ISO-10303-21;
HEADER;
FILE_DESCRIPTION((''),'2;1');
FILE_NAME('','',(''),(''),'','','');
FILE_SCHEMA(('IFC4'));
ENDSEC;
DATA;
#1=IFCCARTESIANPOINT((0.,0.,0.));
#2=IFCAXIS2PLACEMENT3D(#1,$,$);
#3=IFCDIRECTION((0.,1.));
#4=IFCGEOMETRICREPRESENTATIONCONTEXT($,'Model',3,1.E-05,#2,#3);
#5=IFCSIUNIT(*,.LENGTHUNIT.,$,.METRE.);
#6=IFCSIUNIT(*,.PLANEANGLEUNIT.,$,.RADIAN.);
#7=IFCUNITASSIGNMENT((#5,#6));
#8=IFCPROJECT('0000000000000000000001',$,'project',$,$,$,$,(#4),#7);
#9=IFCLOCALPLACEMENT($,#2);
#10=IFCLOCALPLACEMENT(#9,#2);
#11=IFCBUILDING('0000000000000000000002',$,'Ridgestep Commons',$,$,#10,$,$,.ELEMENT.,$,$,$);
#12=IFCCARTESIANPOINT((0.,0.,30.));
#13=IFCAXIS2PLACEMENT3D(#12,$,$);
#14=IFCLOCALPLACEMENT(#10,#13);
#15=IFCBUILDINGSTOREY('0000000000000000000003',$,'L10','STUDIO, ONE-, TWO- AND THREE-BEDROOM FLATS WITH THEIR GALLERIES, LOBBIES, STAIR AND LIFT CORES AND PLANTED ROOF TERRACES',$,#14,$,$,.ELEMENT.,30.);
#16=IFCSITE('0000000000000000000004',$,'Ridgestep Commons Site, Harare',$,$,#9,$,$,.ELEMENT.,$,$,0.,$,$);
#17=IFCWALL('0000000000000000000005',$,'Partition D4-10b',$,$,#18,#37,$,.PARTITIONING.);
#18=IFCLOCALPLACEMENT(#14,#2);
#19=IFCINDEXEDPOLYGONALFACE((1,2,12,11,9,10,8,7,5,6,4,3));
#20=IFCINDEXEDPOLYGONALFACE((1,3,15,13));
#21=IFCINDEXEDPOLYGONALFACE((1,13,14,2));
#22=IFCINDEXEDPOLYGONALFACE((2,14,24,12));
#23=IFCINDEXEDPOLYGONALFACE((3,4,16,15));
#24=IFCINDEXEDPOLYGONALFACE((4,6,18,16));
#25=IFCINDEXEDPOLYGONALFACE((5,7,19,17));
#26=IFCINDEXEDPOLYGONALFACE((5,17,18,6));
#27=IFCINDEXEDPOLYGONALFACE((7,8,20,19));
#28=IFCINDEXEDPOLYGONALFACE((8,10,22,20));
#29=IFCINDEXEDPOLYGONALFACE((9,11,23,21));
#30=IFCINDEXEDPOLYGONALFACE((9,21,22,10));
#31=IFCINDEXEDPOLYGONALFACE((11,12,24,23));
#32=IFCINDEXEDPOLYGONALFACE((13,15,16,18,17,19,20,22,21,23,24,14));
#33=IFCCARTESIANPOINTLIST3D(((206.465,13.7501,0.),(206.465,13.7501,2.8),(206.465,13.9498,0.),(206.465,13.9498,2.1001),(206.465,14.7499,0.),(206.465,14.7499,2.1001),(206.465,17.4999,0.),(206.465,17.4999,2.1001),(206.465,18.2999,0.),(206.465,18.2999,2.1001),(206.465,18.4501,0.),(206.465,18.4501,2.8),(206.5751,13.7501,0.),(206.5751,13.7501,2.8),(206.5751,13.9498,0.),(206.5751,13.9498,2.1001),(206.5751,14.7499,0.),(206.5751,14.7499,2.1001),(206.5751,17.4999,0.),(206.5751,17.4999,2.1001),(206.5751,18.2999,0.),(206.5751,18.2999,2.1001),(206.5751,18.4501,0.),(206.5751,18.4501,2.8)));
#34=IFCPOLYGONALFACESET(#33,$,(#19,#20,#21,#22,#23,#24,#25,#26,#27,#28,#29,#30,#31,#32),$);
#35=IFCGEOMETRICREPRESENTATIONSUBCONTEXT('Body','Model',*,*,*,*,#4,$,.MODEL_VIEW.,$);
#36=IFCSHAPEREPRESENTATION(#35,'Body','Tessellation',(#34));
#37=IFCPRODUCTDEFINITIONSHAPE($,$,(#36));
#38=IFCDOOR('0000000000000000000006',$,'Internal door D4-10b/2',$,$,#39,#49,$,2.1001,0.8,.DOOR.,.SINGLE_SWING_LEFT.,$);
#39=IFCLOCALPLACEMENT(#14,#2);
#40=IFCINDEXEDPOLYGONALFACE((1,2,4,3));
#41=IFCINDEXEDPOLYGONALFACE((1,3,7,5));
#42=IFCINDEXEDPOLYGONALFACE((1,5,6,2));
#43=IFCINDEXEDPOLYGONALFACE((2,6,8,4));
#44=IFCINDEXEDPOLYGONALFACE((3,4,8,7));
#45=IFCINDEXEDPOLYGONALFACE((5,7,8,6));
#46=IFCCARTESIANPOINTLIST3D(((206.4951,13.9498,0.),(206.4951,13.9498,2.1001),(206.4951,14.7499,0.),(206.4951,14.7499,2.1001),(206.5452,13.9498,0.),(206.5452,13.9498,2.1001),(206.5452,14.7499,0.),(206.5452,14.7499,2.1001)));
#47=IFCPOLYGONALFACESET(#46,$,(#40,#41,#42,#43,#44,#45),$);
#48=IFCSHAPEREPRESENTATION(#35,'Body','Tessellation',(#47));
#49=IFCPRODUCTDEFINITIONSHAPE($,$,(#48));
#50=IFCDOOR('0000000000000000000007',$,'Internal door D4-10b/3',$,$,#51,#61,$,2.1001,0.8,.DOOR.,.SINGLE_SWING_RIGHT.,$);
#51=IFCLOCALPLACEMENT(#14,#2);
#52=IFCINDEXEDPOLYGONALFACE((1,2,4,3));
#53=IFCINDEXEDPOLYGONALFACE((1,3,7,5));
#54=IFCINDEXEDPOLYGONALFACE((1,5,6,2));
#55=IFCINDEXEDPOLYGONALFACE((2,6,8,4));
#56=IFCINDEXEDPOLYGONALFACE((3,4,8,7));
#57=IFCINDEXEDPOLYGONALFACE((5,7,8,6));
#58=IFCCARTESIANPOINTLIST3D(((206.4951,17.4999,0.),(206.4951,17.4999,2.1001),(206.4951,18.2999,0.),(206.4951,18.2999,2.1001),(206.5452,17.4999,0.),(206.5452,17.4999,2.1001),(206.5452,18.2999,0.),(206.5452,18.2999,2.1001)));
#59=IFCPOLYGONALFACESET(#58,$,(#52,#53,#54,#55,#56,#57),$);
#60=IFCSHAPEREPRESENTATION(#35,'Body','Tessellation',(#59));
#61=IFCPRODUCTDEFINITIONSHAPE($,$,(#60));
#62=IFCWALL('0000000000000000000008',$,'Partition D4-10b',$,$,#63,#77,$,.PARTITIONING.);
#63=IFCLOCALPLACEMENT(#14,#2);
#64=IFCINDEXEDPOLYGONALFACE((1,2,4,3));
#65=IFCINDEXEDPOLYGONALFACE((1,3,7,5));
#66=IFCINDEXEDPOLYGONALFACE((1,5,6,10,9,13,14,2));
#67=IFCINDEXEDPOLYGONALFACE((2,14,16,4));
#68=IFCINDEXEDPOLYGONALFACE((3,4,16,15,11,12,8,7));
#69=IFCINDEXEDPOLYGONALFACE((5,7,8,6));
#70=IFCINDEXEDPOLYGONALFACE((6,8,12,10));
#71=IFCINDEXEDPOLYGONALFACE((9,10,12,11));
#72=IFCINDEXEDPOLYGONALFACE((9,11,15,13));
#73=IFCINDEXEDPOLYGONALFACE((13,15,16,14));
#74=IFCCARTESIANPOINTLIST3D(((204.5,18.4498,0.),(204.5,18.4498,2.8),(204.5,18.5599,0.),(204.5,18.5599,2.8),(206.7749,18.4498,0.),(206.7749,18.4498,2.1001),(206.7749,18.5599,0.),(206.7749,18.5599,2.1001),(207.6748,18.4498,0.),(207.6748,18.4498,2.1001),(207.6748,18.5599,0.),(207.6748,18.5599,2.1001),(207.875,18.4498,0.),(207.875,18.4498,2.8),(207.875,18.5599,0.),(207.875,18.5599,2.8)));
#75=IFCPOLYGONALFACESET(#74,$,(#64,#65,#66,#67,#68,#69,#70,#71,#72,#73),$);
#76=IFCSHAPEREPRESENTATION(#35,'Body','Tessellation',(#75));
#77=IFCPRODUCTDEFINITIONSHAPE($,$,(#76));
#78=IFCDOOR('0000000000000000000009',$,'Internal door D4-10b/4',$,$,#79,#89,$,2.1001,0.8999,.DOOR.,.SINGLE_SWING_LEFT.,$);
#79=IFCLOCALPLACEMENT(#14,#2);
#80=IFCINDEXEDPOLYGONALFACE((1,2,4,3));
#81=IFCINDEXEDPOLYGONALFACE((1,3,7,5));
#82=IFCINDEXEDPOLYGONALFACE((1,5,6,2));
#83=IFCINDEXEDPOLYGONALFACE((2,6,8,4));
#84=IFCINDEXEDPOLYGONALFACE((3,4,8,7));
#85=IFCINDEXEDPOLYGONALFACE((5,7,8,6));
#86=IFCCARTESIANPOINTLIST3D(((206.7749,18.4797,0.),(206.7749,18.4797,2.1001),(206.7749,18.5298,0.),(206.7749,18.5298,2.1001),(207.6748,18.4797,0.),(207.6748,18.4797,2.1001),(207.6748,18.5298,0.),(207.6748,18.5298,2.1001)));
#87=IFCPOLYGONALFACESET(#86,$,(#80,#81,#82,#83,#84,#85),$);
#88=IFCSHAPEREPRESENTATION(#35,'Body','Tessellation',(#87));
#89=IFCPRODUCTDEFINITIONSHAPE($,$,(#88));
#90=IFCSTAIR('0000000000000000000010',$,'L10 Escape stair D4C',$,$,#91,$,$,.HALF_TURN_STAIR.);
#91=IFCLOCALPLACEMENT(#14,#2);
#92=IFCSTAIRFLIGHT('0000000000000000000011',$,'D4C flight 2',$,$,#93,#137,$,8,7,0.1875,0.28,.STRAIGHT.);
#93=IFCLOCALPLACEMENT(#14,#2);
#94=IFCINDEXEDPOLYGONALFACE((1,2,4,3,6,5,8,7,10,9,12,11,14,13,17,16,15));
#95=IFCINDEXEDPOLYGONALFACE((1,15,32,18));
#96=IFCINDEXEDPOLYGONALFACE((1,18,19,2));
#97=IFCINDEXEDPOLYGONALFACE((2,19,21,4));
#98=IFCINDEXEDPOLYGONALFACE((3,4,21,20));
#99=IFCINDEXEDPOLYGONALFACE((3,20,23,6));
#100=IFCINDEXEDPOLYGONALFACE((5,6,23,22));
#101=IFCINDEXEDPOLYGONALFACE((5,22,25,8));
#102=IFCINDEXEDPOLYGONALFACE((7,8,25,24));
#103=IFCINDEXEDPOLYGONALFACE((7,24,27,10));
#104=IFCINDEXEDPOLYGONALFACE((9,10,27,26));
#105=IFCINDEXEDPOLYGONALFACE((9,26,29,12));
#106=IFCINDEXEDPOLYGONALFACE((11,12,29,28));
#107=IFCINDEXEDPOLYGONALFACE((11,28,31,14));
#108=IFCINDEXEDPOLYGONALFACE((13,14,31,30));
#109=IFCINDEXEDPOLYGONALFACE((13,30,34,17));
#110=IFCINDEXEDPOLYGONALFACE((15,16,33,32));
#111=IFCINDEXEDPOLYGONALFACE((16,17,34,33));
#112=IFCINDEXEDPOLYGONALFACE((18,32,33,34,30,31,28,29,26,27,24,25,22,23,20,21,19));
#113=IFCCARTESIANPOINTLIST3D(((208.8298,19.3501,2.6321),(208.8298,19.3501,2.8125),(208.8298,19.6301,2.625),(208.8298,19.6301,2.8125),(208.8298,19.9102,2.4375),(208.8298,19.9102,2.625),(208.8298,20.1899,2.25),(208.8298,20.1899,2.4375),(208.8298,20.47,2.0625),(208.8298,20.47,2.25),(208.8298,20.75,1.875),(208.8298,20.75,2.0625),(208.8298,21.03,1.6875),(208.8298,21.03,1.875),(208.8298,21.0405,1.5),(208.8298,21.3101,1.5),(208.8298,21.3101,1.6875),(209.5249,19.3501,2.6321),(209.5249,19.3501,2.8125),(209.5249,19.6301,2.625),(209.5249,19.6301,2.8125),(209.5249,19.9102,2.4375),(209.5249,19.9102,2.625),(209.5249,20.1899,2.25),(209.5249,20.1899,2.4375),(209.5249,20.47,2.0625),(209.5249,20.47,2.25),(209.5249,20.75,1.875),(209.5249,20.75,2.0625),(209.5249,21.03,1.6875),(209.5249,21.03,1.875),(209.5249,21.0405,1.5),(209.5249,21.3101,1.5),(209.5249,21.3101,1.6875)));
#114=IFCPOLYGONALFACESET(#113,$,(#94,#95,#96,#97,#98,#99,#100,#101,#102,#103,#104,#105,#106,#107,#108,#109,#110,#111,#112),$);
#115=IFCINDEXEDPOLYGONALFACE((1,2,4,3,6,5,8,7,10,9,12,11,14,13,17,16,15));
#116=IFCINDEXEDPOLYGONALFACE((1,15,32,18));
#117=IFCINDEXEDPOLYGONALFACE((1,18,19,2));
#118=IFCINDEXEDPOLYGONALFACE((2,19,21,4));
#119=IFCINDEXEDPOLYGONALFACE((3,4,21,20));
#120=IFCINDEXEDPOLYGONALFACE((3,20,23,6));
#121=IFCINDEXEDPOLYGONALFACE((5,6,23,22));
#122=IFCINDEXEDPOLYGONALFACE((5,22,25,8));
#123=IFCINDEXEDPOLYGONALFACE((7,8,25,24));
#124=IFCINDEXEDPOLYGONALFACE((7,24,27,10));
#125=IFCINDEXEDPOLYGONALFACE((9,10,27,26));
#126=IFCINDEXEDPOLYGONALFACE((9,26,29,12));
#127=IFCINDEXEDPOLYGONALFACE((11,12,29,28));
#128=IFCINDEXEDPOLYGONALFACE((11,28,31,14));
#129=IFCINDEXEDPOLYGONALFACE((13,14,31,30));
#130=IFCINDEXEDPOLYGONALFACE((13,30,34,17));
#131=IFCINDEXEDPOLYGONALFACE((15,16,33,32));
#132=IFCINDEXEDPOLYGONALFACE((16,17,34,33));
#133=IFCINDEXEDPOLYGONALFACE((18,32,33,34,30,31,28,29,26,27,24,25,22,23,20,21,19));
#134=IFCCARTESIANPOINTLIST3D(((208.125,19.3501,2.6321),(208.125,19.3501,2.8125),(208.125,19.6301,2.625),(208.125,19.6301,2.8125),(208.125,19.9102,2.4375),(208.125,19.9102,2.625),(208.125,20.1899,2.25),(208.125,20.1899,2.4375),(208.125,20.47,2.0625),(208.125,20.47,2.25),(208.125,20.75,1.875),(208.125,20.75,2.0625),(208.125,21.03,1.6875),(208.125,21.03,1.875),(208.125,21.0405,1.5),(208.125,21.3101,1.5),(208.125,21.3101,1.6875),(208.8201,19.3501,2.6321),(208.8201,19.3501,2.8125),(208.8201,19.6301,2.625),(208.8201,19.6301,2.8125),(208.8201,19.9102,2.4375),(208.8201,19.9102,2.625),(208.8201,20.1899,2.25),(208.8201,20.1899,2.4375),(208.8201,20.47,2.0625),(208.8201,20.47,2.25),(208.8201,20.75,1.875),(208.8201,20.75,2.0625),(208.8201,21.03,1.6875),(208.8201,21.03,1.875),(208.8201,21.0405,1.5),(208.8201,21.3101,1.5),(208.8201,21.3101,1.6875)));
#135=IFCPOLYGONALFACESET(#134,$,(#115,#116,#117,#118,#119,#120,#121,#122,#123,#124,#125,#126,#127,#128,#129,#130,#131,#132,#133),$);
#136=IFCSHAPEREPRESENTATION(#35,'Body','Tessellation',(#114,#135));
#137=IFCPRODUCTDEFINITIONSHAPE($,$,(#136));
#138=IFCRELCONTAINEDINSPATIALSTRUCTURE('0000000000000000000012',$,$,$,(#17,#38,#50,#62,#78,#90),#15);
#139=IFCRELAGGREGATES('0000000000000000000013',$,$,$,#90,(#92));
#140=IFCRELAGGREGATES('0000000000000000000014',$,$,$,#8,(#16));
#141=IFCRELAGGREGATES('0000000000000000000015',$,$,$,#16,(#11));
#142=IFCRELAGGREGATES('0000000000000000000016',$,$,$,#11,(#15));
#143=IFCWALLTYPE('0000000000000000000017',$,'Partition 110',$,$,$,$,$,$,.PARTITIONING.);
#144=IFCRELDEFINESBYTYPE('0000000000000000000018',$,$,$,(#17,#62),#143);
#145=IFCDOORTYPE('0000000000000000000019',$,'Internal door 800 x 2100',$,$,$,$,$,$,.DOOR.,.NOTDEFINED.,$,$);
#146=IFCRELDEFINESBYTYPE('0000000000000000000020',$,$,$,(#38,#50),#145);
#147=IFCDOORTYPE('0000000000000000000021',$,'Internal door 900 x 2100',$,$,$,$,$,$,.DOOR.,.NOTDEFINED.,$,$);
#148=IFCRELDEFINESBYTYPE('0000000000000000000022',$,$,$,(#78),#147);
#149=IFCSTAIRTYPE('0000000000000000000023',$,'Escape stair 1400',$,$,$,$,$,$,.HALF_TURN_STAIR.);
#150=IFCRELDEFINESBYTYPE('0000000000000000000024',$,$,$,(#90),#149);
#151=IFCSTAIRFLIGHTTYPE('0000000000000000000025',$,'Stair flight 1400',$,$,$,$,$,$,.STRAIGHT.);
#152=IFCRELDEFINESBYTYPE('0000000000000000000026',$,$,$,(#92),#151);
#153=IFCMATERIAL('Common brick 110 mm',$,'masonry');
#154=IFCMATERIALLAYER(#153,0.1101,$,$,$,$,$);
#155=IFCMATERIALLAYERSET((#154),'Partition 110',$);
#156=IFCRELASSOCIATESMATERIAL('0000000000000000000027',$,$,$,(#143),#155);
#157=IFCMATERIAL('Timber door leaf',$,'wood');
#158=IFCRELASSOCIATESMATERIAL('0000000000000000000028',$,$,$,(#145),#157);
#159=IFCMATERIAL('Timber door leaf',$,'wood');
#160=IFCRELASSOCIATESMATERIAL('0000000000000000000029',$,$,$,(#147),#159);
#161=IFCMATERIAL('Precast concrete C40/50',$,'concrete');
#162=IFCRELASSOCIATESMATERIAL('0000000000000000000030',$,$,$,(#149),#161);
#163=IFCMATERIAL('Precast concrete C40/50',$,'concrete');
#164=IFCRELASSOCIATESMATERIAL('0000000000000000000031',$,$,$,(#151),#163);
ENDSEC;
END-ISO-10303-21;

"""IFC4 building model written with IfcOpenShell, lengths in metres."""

from ifc_helpers import new_model, si_unit, direction, frame, frame_2d, origin, place, context, subcontext, project, spatial, polyline, rectangle, outline, extrude, material, layer, layer_set, type_object, element, fill, aggregate, save


model = new_model("IFC4")

# Units and contexts
model_context = context("Model", 3, precision=1e-05, world=origin(), true_north=direction((0.0, 1.0)))
body_context = subcontext(model_context, "Body", "Model", "MODEL_VIEW")
ifc_project = project(units=[si_unit("LENGTHUNIT", "METRE"), si_unit("PLANEANGLEUNIT", "RADIAN")], contexts=[model_context])

# Site, building, storey
site_placement = place(None, origin())
site = spatial("IfcSite", under=ifc_project, at=site_placement, Name="Ridgestep Commons Site, Harare", CompositionType="ELEMENT", RefElevation=0.0)
building_placement = place(site_placement, origin())
building = spatial("IfcBuilding", under=site, at=building_placement, Name="Ridgestep Commons", CompositionType="ELEMENT")
storey_placement = place(building_placement, frame((0.0, 0.0, 30.0)))
storey = spatial("IfcBuildingStorey", under=building, at=storey_placement, Name="L10", Description="STUDIO, ONE-, TWO- AND THREE-BEDROOM FLATS WITH THEIR GALLERIES, LOBBIES, STAIR AND LIFT CORES AND PLANTED ROOF TERRACES", CompositionType="ELEMENT", Elevation=30.0)

# Wall, openings, doors
ifc_material_1 = material(Name="Common brick 110 mm", Category="masonry")
ifc_layer_1 = layer(ifc_material_1, 0.1101)
ifc_layer_set_1 = layer_set([ifc_layer_1], Name="Partition 110")
wall_type_1 = type_object("IfcWallType", Name="Partition 110", PredefinedType="PARTITIONING", material=ifc_layer_set_1)
wall_1_placement = place(storey_placement, frame((206.52, 13.75, 0.0), z_axis=(0.0, 0.0, 1.0), x_axis=(0.0, 1.0, 0.0)))
wall_1 = element("IfcWall", 1, at=wall_1_placement, inside=storey, type_object=wall_type_1, Name="Partition D4-10b", PredefinedType="PARTITIONING", context=body_context, shape_type="SweptSolid", body=[
    extrude(rectangle(XDim=4.7, YDim=0.1101, at=frame_2d((2.3501, 0.0))), origin(), (0.0, 0.0, 1.0), 2.8),
])
opening_1_placement = place(wall_1_placement, frame((0.2, 0.0, 0.0)))
opening_1 = element("IfcOpeningElement", 2, at=opening_1_placement, cuts=wall_1, PredefinedType="OPENING", context=body_context, shape_type="SweptSolid", body=[
    extrude(rectangle(XDim=0.8, YDim=2.1001, at=frame_2d((0.3999, 1.05))), frame((0.0, 0.0649, 0.0), z_axis=(0.0, -1.0, 0.0), x_axis=(1.0, 0.0, 0.0)), (0.0, 0.0, 1.0), 0.1301),
])
opening_2_placement = place(wall_1_placement, frame((3.75, 0.0, 0.0)))
opening_2 = element("IfcOpeningElement", 3, at=opening_2_placement, cuts=wall_1, PredefinedType="OPENING", context=body_context, shape_type="SweptSolid", body=[
    extrude(rectangle(XDim=0.8, YDim=2.1001, at=frame_2d((0.3999, 1.05))), frame((0.0, 0.0649, 0.0), z_axis=(0.0, -1.0, 0.0), x_axis=(1.0, 0.0, 0.0)), (0.0, 0.0, 1.0), 0.1301),
])
ifc_material_2 = material(Name="Timber door leaf", Category="wood")
door_type_1 = type_object("IfcDoorType", Name="Internal door 800 x 2100", OperationType="NOTDEFINED", PredefinedType="DOOR", material=ifc_material_2)
door_1_placement = place(opening_1_placement, origin())
door_1 = element("IfcDoor", 4, at=door_1_placement, inside=storey, type_object=door_type_1, Name="Internal door D4-10b/2", OperationType="SINGLE_SWING_LEFT", OverallHeight=2.1001, OverallWidth=0.8, PredefinedType="DOOR", context=body_context, shape_type="SweptSolid", body=[
    extrude(rectangle(XDim=0.8, YDim=2.1001, at=frame_2d((0.3999, 1.05))), frame((0.0, 0.0249, 0.0), z_axis=(0.0, -1.0, 0.0), x_axis=(1.0, 0.0, 0.0)), (0.0, 0.0, 1.0), 0.05),
])
fill(opening_1, door_1)
door_2_placement = place(opening_2_placement, origin())
door_2 = element("IfcDoor", 5, at=door_2_placement, inside=storey, type_object=door_type_1, Name="Internal door D4-10b/3", OperationType="SINGLE_SWING_RIGHT", OverallHeight=2.1001, OverallWidth=0.8, PredefinedType="DOOR", context=body_context, shape_type="SweptSolid", body=[
    extrude(rectangle(XDim=0.8, YDim=2.1001, at=frame_2d((0.3999, 1.05))), frame((0.0, 0.0249, 0.0), z_axis=(0.0, -1.0, 0.0), x_axis=(1.0, 0.0, 0.0)), (0.0, 0.0, 1.0), 0.05),
])
fill(opening_2, door_2)

# Wall, opening, door
wall_2_placement = place(storey_placement, frame((204.5, 18.5049, 0.0), z_axis=(0.0, 0.0, 1.0), x_axis=(1.0, 0.0, 0.0)))
wall_2 = element("IfcWall", 6, at=wall_2_placement, inside=storey, type_object=wall_type_1, Name="Partition D4-10b", PredefinedType="PARTITIONING", context=body_context, shape_type="SweptSolid", body=[
    extrude(rectangle(XDim=3.375, YDim=0.1101, at=frame_2d((1.6875, 0.0))), origin(), (0.0, 0.0, 1.0), 2.8),
])
opening_3_placement = place(wall_2_placement, frame((2.2749, 0.0, 0.0)))
opening_3 = element("IfcOpeningElement", 7, at=opening_3_placement, cuts=wall_2, PredefinedType="OPENING", context=body_context, shape_type="SweptSolid", body=[
    extrude(rectangle(XDim=0.8999, YDim=2.1001, at=frame_2d((0.45, 1.05))), frame((0.0, 0.0649, 0.0), z_axis=(0.0, -1.0, 0.0), x_axis=(1.0, 0.0, 0.0)), (0.0, 0.0, 1.0), 0.1301),
])
ifc_material_3 = material(Name="Timber door leaf", Category="wood")
door_type_2 = type_object("IfcDoorType", Name="Internal door 900 x 2100", OperationType="NOTDEFINED", PredefinedType="DOOR", material=ifc_material_3)
door_3_placement = place(opening_3_placement, origin())
door_3 = element("IfcDoor", 8, at=door_3_placement, inside=storey, type_object=door_type_2, Name="Internal door D4-10b/4", OperationType="SINGLE_SWING_LEFT", OverallHeight=2.1001, OverallWidth=0.8999, PredefinedType="DOOR", context=body_context, shape_type="SweptSolid", body=[
    extrude(rectangle(XDim=0.8999, YDim=2.1001, at=frame_2d((0.45, 1.05))), frame((0.0, 0.0249, 0.0), z_axis=(0.0, -1.0, 0.0), x_axis=(1.0, 0.0, 0.0)), (0.0, 0.0, 1.0), 0.05),
])
fill(opening_3, door_3)

# Stair, stair flight
ifc_material_4 = material(Name="Precast concrete C40/50", Category="concrete")
stair_type = type_object("IfcStairType", Name="Escape stair 1400", PredefinedType="HALF_TURN_STAIR", material=ifc_material_4)
stair_placement = place(storey_placement, origin())
stair = element("IfcStair", 9, at=stair_placement, inside=storey, type_object=stair_type, Name="L10 Escape stair D4C", PredefinedType="HALF_TURN_STAIR")
ifc_material_5 = material(Name="Precast concrete C40/50", Category="concrete")
stair_flight_type = type_object("IfcStairFlightType", Name="Stair flight 1400", PredefinedType="STRAIGHT", material=ifc_material_5)
stair_flight_placement = place(storey_placement, frame((208.825, 21.3101, 1.5), z_axis=(0.0, 0.0, 1.0), x_axis=(0.0, -1.0, 0.0)))
stair_flight = element("IfcStairFlight", 10, at=stair_flight_placement, type_object=stair_flight_type, Name="D4C flight 2", NumberOfRisers=8, NumberOfTreads=7, PredefinedType="STRAIGHT", RiserHeight=0.1875, TreadLength=0.28, context=body_context, shape_type="SweptSolid", body=[
    extrude(outline(polyline([(0.0, 0.0), (0.0, 0.1875), (0.28, 0.1875), (0.28, 0.375), (0.5601, 0.375), (0.5601, 0.5625), (0.8401, 0.5625), (0.8401, 0.75), (1.1201, 0.75), (1.1201, 0.9375), (1.3999, 0.9375), (1.3999, 1.125), (1.6799, 1.125), (1.6799, 1.3125), (1.96, 1.3125), (1.96, 1.5), (1.96, 1.1321), (0.2695, 0.0), (0.0, 0.0)])), frame((0.0, 0.7, 0.0), z_axis=(0.0, -1.0, 0.0), x_axis=(1.0, 0.0, 0.0)), (0.0, 0.0, 1.0), 0.6951),
    extrude(outline(polyline([(0.0, 0.0), (0.0, 0.1875), (0.28, 0.1875), (0.28, 0.375), (0.5601, 0.375), (0.5601, 0.5625), (0.8401, 0.5625), (0.8401, 0.75), (1.1201, 0.75), (1.1201, 0.9375), (1.3999, 0.9375), (1.3999, 1.125), (1.6799, 1.125), (1.6799, 1.3125), (1.96, 1.3125), (1.96, 1.5), (1.96, 1.1321), (0.2695, 0.0), (0.0, 0.0)])), frame((0.0, -0.0049, 0.0), z_axis=(0.0, -1.0, 0.0), x_axis=(1.0, 0.0, 0.0)), (0.0, 0.0, 1.0), 0.6951),
])
aggregate(stair, [stair_flight])

save(model, "model.ifc")
